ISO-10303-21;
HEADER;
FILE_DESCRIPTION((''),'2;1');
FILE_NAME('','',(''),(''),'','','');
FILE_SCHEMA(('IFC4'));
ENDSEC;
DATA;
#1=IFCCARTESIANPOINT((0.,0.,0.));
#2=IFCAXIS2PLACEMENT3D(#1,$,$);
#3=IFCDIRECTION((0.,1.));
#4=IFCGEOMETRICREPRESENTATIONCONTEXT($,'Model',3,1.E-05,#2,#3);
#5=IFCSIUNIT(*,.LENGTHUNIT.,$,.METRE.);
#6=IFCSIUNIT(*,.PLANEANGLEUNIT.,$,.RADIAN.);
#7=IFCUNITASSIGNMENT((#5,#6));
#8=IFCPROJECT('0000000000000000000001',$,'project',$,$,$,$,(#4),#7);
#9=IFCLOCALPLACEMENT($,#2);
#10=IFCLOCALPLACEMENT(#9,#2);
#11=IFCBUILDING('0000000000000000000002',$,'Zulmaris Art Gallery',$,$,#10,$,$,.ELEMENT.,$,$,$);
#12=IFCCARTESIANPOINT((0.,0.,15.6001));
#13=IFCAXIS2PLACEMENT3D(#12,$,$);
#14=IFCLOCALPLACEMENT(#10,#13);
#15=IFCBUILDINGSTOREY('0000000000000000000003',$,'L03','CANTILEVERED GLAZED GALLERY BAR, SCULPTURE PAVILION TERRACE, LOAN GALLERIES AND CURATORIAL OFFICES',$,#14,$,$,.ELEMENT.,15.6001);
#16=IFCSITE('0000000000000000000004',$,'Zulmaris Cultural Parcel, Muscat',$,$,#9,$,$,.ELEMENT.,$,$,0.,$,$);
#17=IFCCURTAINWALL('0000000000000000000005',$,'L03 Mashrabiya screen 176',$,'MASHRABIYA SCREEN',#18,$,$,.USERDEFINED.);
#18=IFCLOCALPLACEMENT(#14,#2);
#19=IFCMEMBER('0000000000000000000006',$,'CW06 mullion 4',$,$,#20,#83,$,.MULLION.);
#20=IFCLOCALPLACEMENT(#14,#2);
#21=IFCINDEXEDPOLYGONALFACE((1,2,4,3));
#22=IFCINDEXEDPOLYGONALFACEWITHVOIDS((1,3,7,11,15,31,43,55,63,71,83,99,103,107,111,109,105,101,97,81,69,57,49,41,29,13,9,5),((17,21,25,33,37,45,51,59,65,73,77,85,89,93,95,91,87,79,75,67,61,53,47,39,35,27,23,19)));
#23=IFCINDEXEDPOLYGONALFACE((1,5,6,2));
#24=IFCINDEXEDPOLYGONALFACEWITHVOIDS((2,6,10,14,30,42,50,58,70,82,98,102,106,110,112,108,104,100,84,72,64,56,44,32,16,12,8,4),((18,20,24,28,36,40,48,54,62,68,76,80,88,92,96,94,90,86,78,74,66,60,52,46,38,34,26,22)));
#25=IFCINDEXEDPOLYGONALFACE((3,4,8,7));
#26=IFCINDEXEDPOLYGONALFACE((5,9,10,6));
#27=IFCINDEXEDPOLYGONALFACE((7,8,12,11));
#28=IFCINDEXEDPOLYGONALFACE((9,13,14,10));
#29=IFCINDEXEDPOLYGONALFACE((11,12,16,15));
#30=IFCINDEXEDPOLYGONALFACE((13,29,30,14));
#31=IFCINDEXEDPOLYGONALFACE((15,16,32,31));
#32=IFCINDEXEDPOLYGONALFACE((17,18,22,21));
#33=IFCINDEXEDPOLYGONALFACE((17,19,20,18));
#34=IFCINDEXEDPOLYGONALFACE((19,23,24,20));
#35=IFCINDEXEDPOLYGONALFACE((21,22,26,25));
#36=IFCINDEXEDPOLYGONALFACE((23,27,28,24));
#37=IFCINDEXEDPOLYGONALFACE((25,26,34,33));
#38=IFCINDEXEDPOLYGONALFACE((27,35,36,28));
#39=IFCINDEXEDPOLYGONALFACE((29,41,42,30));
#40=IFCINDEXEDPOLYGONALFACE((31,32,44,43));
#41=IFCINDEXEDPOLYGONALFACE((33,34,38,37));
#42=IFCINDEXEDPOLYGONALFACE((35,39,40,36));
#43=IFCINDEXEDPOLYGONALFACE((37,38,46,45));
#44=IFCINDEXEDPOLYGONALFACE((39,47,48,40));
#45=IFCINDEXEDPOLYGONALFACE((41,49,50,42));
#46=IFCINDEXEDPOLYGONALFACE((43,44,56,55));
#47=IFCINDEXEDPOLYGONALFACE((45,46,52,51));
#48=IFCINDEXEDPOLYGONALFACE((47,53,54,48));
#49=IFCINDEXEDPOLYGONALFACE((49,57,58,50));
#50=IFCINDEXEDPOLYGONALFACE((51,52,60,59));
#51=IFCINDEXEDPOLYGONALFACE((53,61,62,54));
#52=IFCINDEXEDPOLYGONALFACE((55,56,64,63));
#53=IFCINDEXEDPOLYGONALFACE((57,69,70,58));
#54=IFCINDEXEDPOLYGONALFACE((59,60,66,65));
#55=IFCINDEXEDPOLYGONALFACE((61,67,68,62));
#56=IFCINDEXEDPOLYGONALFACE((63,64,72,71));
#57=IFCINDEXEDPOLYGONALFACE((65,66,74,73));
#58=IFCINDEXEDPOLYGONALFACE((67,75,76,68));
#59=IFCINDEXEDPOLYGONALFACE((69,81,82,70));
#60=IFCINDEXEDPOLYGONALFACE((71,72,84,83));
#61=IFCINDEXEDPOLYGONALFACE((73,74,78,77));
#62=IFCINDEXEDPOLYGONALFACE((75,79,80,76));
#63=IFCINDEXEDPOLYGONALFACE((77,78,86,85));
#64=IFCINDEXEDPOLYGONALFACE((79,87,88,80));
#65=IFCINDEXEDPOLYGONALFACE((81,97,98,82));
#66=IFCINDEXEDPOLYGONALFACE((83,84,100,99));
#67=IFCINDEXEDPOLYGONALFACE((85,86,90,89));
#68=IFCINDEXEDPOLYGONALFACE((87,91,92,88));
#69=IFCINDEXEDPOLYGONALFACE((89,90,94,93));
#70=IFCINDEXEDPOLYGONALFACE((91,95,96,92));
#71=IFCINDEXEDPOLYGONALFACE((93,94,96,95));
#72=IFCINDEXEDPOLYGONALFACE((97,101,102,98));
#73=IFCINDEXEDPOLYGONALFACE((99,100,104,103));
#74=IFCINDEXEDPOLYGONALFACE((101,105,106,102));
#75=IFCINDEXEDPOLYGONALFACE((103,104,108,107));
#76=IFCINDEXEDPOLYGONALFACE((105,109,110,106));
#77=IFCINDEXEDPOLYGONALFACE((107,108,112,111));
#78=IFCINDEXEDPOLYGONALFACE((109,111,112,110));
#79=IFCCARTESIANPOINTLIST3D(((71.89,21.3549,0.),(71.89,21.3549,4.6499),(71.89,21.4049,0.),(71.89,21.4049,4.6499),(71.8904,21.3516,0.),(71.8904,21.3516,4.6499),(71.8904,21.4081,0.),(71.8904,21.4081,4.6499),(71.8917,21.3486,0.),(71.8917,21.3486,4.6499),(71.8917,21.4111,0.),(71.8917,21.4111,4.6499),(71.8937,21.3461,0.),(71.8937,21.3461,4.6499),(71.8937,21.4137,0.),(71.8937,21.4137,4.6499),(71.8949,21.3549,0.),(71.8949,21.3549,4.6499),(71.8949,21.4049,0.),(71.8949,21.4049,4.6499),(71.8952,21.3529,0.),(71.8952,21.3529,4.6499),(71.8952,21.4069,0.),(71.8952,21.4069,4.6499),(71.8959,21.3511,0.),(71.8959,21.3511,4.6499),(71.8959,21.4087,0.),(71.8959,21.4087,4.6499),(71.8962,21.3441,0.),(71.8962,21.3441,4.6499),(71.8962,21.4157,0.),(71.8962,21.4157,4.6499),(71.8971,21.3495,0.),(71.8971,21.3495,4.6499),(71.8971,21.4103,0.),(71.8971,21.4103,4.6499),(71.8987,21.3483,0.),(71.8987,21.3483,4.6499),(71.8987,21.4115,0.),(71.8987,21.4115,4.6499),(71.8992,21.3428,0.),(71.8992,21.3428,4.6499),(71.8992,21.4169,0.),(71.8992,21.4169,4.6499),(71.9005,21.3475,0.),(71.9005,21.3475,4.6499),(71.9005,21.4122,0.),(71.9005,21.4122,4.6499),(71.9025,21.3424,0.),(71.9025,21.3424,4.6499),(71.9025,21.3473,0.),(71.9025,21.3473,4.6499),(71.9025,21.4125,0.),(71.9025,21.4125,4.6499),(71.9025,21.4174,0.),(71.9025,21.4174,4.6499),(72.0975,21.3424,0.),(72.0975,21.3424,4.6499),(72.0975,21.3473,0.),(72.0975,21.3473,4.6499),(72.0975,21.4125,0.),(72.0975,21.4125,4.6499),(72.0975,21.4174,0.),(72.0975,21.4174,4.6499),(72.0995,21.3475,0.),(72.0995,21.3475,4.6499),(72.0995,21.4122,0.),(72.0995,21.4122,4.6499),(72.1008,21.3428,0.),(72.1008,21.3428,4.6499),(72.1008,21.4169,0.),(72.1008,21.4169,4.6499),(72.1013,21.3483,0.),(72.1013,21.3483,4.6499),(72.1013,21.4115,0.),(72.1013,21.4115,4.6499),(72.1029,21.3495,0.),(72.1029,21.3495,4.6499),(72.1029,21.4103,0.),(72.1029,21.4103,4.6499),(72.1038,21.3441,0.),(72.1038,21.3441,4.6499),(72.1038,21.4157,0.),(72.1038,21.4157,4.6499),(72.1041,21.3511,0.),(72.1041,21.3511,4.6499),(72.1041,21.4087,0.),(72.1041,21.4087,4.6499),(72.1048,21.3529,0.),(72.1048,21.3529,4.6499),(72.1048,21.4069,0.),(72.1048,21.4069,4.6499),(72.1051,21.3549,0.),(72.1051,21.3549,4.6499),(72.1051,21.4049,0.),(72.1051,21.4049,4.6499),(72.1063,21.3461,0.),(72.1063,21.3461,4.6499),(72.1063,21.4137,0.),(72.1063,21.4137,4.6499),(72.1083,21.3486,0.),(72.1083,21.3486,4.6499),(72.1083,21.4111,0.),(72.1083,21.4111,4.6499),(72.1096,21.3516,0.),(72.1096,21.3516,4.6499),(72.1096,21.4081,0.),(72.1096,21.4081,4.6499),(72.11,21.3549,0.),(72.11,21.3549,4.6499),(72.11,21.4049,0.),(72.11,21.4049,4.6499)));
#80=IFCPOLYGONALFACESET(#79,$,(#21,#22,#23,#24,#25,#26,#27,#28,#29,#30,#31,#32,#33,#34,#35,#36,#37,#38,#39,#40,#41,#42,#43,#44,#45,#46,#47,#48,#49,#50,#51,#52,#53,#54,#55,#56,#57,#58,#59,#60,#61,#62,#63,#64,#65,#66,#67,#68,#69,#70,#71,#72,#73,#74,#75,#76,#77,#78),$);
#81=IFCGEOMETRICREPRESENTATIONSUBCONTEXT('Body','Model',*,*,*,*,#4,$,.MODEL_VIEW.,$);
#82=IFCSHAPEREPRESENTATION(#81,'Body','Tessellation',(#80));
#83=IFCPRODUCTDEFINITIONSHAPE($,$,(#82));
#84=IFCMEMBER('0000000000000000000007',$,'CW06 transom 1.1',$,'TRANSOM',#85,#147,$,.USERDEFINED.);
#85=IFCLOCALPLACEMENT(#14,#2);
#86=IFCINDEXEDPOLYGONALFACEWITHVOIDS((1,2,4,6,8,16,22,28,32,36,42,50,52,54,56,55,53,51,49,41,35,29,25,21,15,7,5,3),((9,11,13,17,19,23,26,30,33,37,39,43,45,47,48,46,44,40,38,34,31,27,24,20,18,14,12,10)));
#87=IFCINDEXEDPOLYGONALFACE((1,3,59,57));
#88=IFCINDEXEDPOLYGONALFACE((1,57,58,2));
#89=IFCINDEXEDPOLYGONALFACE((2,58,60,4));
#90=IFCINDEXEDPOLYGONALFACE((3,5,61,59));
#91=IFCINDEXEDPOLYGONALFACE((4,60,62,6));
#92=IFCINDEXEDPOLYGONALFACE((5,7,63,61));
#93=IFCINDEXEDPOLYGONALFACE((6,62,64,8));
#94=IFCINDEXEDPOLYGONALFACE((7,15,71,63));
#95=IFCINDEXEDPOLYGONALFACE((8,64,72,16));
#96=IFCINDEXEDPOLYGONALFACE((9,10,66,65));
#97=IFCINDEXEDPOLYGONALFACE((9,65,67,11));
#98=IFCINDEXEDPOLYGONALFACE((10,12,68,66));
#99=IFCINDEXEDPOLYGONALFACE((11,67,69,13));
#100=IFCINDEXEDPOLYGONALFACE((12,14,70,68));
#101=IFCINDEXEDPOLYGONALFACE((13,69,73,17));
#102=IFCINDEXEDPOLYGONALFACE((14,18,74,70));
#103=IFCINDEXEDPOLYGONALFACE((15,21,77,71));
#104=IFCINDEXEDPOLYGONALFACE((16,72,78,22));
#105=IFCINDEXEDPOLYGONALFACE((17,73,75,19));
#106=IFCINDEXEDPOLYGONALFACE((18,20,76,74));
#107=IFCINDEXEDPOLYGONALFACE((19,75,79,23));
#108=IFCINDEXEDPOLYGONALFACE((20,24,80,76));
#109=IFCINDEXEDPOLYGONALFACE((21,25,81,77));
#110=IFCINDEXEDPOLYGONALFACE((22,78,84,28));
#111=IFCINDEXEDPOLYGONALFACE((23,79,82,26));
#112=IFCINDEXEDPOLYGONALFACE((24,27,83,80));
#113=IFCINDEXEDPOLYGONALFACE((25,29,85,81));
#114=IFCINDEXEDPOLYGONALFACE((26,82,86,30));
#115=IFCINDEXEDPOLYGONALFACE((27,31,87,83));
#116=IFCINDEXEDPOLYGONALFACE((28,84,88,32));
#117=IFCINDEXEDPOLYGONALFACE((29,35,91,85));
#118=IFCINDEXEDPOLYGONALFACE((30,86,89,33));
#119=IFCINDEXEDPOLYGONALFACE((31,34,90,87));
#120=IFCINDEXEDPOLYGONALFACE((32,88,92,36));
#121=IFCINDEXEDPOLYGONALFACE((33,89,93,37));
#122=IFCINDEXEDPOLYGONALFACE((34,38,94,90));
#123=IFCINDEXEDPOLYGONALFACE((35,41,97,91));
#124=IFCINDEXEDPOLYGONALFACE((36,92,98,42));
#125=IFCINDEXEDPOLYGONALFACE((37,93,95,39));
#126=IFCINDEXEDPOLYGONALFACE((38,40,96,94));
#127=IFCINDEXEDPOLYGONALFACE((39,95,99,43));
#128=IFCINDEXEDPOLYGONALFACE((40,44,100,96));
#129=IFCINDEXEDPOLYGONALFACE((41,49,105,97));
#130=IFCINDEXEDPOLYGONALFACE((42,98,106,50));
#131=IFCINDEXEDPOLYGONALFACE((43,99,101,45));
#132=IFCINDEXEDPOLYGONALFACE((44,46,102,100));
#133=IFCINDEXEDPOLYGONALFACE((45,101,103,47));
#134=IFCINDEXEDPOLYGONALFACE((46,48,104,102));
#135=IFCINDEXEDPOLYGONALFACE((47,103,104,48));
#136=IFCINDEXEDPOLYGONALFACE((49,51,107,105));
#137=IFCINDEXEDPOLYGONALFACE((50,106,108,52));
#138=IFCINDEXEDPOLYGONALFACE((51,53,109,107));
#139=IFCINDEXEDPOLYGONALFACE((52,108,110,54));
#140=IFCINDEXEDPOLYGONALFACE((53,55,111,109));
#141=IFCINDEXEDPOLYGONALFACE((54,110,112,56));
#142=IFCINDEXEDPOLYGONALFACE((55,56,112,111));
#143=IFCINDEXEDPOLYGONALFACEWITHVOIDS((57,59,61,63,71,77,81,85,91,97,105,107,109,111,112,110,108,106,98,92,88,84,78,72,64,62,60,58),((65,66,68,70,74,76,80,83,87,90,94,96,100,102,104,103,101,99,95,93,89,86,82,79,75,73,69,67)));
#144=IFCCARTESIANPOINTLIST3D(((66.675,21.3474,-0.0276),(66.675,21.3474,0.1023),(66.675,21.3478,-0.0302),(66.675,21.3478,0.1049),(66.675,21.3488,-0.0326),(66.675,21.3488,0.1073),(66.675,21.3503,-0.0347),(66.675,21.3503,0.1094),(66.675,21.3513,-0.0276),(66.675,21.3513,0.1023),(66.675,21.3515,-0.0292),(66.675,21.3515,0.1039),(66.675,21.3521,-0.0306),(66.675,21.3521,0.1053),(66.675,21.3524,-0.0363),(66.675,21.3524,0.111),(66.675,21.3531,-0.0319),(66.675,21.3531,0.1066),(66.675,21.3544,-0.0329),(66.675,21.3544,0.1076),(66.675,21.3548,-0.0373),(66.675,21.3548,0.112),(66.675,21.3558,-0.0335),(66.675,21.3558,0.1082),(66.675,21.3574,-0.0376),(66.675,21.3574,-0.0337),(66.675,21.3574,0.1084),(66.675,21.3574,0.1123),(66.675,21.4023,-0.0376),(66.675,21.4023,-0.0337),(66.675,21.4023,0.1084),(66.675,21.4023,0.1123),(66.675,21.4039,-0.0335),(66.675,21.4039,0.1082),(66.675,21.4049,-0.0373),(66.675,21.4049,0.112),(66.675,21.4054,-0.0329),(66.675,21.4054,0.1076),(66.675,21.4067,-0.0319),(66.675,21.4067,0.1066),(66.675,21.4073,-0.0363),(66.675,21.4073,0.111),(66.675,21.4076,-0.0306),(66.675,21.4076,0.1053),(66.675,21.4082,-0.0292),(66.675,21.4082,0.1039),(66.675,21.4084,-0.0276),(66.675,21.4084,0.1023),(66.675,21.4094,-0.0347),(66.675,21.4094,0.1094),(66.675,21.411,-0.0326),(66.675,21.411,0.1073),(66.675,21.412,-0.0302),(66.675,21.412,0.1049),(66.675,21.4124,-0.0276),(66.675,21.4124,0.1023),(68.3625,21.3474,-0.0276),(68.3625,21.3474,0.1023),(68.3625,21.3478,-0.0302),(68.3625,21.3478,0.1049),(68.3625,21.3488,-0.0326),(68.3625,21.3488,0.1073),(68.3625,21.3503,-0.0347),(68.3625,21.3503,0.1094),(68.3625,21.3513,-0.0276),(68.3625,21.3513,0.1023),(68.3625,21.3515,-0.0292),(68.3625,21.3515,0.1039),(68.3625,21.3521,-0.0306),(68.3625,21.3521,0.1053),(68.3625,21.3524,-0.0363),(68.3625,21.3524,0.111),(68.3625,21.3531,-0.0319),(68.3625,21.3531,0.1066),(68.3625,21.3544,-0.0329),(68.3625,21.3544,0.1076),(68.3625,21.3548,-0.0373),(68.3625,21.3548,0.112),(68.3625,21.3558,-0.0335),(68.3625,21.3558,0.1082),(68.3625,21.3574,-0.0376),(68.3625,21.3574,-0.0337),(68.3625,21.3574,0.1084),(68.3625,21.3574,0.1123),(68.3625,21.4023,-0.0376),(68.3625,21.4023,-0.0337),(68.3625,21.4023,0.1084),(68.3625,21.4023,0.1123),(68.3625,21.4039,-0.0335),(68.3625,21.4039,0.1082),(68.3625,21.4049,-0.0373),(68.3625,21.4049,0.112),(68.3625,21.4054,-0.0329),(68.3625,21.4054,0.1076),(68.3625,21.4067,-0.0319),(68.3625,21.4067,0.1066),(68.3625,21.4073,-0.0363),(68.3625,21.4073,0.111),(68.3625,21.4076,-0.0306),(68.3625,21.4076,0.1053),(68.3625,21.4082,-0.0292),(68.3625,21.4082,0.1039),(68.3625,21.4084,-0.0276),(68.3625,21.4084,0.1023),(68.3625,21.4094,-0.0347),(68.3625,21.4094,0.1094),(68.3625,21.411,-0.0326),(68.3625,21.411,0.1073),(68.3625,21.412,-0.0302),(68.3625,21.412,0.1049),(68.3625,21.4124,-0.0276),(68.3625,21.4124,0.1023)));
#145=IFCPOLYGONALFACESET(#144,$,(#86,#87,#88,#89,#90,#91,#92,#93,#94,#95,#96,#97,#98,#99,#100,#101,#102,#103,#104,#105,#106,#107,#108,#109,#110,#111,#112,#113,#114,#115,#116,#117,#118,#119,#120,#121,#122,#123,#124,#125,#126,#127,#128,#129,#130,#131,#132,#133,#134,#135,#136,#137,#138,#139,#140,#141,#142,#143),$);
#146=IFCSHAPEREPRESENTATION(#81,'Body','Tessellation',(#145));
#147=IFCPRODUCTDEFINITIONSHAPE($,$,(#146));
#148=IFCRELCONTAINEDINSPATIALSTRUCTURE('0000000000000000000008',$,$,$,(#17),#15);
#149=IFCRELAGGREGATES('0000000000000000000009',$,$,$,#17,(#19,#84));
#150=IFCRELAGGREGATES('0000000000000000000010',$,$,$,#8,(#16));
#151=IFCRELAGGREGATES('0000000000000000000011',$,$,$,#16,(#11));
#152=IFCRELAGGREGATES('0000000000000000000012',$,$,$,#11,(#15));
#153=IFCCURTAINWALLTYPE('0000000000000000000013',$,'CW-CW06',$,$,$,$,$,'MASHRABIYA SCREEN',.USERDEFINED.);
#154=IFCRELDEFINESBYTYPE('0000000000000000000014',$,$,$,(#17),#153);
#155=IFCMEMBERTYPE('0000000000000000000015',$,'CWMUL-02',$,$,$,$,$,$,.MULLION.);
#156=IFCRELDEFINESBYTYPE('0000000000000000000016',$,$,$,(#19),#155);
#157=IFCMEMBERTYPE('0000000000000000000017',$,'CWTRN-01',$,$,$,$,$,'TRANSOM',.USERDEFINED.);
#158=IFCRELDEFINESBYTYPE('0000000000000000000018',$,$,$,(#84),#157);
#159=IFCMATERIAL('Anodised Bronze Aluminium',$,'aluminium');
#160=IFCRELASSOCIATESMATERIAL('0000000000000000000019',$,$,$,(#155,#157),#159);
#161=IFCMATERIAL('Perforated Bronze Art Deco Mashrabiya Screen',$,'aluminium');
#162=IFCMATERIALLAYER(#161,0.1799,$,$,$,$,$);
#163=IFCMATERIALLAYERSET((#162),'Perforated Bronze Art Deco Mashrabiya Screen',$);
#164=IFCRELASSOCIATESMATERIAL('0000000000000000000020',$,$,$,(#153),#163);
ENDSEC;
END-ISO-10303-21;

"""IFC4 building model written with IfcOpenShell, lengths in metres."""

from ifc_helpers import new_model, si_unit, direction, frame, origin, origin_2d, place, context, subcontext, project, spatial, hollow_rectangle, extrude, material, layer, layer_set, material_profile, profile_set, type_object, element, aggregate, save


model = new_model("IFC4")

# Units and contexts
model_context = context("Model", 3, precision=1e-05, world=origin(), true_north=direction((0.0, 1.0)))
body_context = subcontext(model_context, "Body", "Model", "MODEL_VIEW")
ifc_project = project(units=[si_unit("LENGTHUNIT", "METRE"), si_unit("PLANEANGLEUNIT", "RADIAN")], contexts=[model_context])

# Site, building, storey
site_placement = place(None, origin())
site = spatial("IfcSite", under=ifc_project, at=site_placement, Name="Zulmaris Cultural Parcel, Muscat", CompositionType="ELEMENT", RefElevation=0.0)
building_placement = place(site_placement, origin())
building = spatial("IfcBuilding", under=site, at=building_placement, Name="Zulmaris Art Gallery", CompositionType="ELEMENT")
storey_placement = place(building_placement, frame((0.0, 0.0, 15.6001)))
storey = spatial("IfcBuildingStorey", under=building, at=storey_placement, Name="L03", Description="CANTILEVERED GLAZED GALLERY BAR, SCULPTURE PAVILION TERRACE, LOAN GALLERIES AND CURATORIAL OFFICES", CompositionType="ELEMENT", Elevation=15.6001)

# Shared definitions
ifc_material_1 = material(Name="Anodised Bronze Aluminium", Category="aluminium")
ifc_material_profile_1 = material_profile(ifc_material_1, hollow_rectangle(XDim=0.075, YDim=0.22, WallThickness=0.0049, InnerFilletRadius=0.0076, OuterFilletRadius=0.0125, at=origin_2d()), Name="ALU 75x220x5")
ifc_profile_set_1 = profile_set([ifc_material_profile_1], Name="Anodised Bronze Aluminium")
member_type_1 = type_object("IfcMemberType", Name="CWMUL-02", PredefinedType="MULLION", material=ifc_profile_set_1)
ifc_material_2 = material(Name="Perforated Bronze Art Deco Mashrabiya Screen", Category="aluminium")
ifc_layer_1 = layer(ifc_material_2, 0.1799)
ifc_layer_set_1 = layer_set([ifc_layer_1], Name="Perforated Bronze Art Deco Mashrabiya Screen")
curtain_wall_type_1 = type_object("IfcCurtainWallType", Name="CW-CW06", ElementType="MASHRABIYA SCREEN", PredefinedType="USERDEFINED", material=ifc_layer_set_1)

# Curtain wall, members
curtain_wall_1_placement = place(storey_placement, origin())
curtain_wall_1 = element("IfcCurtainWall", 1, at=curtain_wall_1_placement, inside=storey, type_object=curtain_wall_type_1, Name="L03 Mashrabiya screen 176", ObjectType="MASHRABIYA SCREEN", PredefinedType="USERDEFINED")
member_1_placement = place(storey_placement, frame((72.0, 21.3799, 0.0), z_axis=(0.0, 0.0, 1.0), x_axis=(0.0, 1.0, 0.0)))
member_1 = element("IfcMember", 2, at=member_1_placement, type_object=member_type_1, Name="CW06 mullion 4", PredefinedType="MULLION", context=body_context, shape_type="SweptSolid", body=[
    extrude(hollow_rectangle(XDim=0.075, YDim=0.22, WallThickness=0.0049, InnerFilletRadius=0.0076, OuterFilletRadius=0.0125, at=origin_2d()), origin(), (0.0, 0.0, 1.0), 4.6499),
])
ifc_material_profile_2 = material_profile(ifc_material_1, hollow_rectangle(XDim=0.0649, YDim=0.1499, WallThickness=0.0039, InnerFilletRadius=0.0061, OuterFilletRadius=0.01, at=origin_2d()), Name="ALU 65x150x4")
ifc_profile_set_2 = profile_set([ifc_material_profile_2], Name="Anodised Bronze Aluminium")
member_type_2 = type_object("IfcMemberType", Name="CWTRN-01", ElementType="TRANSOM", PredefinedType="USERDEFINED", material=ifc_profile_set_2)
member_2_placement = place(storey_placement, frame((66.675, 21.3799, 0.0374), z_axis=(1.0, 0.0, 0.0), x_axis=(0.0, 1.0, 0.0)))
member_2 = element("IfcMember", 3, at=member_2_placement, type_object=member_type_2, Name="CW06 transom 1.1", ObjectType="TRANSOM", PredefinedType="USERDEFINED", context=body_context, shape_type="SweptSolid", body=[
    extrude(hollow_rectangle(XDim=0.0649, YDim=0.1499, WallThickness=0.0039, InnerFilletRadius=0.0061, OuterFilletRadius=0.01, at=origin_2d()), origin(), (0.0, 0.0, 1.0), 1.6875),
])
aggregate(curtain_wall_1, [member_1, member_2])

save(model, "model.ifc")
